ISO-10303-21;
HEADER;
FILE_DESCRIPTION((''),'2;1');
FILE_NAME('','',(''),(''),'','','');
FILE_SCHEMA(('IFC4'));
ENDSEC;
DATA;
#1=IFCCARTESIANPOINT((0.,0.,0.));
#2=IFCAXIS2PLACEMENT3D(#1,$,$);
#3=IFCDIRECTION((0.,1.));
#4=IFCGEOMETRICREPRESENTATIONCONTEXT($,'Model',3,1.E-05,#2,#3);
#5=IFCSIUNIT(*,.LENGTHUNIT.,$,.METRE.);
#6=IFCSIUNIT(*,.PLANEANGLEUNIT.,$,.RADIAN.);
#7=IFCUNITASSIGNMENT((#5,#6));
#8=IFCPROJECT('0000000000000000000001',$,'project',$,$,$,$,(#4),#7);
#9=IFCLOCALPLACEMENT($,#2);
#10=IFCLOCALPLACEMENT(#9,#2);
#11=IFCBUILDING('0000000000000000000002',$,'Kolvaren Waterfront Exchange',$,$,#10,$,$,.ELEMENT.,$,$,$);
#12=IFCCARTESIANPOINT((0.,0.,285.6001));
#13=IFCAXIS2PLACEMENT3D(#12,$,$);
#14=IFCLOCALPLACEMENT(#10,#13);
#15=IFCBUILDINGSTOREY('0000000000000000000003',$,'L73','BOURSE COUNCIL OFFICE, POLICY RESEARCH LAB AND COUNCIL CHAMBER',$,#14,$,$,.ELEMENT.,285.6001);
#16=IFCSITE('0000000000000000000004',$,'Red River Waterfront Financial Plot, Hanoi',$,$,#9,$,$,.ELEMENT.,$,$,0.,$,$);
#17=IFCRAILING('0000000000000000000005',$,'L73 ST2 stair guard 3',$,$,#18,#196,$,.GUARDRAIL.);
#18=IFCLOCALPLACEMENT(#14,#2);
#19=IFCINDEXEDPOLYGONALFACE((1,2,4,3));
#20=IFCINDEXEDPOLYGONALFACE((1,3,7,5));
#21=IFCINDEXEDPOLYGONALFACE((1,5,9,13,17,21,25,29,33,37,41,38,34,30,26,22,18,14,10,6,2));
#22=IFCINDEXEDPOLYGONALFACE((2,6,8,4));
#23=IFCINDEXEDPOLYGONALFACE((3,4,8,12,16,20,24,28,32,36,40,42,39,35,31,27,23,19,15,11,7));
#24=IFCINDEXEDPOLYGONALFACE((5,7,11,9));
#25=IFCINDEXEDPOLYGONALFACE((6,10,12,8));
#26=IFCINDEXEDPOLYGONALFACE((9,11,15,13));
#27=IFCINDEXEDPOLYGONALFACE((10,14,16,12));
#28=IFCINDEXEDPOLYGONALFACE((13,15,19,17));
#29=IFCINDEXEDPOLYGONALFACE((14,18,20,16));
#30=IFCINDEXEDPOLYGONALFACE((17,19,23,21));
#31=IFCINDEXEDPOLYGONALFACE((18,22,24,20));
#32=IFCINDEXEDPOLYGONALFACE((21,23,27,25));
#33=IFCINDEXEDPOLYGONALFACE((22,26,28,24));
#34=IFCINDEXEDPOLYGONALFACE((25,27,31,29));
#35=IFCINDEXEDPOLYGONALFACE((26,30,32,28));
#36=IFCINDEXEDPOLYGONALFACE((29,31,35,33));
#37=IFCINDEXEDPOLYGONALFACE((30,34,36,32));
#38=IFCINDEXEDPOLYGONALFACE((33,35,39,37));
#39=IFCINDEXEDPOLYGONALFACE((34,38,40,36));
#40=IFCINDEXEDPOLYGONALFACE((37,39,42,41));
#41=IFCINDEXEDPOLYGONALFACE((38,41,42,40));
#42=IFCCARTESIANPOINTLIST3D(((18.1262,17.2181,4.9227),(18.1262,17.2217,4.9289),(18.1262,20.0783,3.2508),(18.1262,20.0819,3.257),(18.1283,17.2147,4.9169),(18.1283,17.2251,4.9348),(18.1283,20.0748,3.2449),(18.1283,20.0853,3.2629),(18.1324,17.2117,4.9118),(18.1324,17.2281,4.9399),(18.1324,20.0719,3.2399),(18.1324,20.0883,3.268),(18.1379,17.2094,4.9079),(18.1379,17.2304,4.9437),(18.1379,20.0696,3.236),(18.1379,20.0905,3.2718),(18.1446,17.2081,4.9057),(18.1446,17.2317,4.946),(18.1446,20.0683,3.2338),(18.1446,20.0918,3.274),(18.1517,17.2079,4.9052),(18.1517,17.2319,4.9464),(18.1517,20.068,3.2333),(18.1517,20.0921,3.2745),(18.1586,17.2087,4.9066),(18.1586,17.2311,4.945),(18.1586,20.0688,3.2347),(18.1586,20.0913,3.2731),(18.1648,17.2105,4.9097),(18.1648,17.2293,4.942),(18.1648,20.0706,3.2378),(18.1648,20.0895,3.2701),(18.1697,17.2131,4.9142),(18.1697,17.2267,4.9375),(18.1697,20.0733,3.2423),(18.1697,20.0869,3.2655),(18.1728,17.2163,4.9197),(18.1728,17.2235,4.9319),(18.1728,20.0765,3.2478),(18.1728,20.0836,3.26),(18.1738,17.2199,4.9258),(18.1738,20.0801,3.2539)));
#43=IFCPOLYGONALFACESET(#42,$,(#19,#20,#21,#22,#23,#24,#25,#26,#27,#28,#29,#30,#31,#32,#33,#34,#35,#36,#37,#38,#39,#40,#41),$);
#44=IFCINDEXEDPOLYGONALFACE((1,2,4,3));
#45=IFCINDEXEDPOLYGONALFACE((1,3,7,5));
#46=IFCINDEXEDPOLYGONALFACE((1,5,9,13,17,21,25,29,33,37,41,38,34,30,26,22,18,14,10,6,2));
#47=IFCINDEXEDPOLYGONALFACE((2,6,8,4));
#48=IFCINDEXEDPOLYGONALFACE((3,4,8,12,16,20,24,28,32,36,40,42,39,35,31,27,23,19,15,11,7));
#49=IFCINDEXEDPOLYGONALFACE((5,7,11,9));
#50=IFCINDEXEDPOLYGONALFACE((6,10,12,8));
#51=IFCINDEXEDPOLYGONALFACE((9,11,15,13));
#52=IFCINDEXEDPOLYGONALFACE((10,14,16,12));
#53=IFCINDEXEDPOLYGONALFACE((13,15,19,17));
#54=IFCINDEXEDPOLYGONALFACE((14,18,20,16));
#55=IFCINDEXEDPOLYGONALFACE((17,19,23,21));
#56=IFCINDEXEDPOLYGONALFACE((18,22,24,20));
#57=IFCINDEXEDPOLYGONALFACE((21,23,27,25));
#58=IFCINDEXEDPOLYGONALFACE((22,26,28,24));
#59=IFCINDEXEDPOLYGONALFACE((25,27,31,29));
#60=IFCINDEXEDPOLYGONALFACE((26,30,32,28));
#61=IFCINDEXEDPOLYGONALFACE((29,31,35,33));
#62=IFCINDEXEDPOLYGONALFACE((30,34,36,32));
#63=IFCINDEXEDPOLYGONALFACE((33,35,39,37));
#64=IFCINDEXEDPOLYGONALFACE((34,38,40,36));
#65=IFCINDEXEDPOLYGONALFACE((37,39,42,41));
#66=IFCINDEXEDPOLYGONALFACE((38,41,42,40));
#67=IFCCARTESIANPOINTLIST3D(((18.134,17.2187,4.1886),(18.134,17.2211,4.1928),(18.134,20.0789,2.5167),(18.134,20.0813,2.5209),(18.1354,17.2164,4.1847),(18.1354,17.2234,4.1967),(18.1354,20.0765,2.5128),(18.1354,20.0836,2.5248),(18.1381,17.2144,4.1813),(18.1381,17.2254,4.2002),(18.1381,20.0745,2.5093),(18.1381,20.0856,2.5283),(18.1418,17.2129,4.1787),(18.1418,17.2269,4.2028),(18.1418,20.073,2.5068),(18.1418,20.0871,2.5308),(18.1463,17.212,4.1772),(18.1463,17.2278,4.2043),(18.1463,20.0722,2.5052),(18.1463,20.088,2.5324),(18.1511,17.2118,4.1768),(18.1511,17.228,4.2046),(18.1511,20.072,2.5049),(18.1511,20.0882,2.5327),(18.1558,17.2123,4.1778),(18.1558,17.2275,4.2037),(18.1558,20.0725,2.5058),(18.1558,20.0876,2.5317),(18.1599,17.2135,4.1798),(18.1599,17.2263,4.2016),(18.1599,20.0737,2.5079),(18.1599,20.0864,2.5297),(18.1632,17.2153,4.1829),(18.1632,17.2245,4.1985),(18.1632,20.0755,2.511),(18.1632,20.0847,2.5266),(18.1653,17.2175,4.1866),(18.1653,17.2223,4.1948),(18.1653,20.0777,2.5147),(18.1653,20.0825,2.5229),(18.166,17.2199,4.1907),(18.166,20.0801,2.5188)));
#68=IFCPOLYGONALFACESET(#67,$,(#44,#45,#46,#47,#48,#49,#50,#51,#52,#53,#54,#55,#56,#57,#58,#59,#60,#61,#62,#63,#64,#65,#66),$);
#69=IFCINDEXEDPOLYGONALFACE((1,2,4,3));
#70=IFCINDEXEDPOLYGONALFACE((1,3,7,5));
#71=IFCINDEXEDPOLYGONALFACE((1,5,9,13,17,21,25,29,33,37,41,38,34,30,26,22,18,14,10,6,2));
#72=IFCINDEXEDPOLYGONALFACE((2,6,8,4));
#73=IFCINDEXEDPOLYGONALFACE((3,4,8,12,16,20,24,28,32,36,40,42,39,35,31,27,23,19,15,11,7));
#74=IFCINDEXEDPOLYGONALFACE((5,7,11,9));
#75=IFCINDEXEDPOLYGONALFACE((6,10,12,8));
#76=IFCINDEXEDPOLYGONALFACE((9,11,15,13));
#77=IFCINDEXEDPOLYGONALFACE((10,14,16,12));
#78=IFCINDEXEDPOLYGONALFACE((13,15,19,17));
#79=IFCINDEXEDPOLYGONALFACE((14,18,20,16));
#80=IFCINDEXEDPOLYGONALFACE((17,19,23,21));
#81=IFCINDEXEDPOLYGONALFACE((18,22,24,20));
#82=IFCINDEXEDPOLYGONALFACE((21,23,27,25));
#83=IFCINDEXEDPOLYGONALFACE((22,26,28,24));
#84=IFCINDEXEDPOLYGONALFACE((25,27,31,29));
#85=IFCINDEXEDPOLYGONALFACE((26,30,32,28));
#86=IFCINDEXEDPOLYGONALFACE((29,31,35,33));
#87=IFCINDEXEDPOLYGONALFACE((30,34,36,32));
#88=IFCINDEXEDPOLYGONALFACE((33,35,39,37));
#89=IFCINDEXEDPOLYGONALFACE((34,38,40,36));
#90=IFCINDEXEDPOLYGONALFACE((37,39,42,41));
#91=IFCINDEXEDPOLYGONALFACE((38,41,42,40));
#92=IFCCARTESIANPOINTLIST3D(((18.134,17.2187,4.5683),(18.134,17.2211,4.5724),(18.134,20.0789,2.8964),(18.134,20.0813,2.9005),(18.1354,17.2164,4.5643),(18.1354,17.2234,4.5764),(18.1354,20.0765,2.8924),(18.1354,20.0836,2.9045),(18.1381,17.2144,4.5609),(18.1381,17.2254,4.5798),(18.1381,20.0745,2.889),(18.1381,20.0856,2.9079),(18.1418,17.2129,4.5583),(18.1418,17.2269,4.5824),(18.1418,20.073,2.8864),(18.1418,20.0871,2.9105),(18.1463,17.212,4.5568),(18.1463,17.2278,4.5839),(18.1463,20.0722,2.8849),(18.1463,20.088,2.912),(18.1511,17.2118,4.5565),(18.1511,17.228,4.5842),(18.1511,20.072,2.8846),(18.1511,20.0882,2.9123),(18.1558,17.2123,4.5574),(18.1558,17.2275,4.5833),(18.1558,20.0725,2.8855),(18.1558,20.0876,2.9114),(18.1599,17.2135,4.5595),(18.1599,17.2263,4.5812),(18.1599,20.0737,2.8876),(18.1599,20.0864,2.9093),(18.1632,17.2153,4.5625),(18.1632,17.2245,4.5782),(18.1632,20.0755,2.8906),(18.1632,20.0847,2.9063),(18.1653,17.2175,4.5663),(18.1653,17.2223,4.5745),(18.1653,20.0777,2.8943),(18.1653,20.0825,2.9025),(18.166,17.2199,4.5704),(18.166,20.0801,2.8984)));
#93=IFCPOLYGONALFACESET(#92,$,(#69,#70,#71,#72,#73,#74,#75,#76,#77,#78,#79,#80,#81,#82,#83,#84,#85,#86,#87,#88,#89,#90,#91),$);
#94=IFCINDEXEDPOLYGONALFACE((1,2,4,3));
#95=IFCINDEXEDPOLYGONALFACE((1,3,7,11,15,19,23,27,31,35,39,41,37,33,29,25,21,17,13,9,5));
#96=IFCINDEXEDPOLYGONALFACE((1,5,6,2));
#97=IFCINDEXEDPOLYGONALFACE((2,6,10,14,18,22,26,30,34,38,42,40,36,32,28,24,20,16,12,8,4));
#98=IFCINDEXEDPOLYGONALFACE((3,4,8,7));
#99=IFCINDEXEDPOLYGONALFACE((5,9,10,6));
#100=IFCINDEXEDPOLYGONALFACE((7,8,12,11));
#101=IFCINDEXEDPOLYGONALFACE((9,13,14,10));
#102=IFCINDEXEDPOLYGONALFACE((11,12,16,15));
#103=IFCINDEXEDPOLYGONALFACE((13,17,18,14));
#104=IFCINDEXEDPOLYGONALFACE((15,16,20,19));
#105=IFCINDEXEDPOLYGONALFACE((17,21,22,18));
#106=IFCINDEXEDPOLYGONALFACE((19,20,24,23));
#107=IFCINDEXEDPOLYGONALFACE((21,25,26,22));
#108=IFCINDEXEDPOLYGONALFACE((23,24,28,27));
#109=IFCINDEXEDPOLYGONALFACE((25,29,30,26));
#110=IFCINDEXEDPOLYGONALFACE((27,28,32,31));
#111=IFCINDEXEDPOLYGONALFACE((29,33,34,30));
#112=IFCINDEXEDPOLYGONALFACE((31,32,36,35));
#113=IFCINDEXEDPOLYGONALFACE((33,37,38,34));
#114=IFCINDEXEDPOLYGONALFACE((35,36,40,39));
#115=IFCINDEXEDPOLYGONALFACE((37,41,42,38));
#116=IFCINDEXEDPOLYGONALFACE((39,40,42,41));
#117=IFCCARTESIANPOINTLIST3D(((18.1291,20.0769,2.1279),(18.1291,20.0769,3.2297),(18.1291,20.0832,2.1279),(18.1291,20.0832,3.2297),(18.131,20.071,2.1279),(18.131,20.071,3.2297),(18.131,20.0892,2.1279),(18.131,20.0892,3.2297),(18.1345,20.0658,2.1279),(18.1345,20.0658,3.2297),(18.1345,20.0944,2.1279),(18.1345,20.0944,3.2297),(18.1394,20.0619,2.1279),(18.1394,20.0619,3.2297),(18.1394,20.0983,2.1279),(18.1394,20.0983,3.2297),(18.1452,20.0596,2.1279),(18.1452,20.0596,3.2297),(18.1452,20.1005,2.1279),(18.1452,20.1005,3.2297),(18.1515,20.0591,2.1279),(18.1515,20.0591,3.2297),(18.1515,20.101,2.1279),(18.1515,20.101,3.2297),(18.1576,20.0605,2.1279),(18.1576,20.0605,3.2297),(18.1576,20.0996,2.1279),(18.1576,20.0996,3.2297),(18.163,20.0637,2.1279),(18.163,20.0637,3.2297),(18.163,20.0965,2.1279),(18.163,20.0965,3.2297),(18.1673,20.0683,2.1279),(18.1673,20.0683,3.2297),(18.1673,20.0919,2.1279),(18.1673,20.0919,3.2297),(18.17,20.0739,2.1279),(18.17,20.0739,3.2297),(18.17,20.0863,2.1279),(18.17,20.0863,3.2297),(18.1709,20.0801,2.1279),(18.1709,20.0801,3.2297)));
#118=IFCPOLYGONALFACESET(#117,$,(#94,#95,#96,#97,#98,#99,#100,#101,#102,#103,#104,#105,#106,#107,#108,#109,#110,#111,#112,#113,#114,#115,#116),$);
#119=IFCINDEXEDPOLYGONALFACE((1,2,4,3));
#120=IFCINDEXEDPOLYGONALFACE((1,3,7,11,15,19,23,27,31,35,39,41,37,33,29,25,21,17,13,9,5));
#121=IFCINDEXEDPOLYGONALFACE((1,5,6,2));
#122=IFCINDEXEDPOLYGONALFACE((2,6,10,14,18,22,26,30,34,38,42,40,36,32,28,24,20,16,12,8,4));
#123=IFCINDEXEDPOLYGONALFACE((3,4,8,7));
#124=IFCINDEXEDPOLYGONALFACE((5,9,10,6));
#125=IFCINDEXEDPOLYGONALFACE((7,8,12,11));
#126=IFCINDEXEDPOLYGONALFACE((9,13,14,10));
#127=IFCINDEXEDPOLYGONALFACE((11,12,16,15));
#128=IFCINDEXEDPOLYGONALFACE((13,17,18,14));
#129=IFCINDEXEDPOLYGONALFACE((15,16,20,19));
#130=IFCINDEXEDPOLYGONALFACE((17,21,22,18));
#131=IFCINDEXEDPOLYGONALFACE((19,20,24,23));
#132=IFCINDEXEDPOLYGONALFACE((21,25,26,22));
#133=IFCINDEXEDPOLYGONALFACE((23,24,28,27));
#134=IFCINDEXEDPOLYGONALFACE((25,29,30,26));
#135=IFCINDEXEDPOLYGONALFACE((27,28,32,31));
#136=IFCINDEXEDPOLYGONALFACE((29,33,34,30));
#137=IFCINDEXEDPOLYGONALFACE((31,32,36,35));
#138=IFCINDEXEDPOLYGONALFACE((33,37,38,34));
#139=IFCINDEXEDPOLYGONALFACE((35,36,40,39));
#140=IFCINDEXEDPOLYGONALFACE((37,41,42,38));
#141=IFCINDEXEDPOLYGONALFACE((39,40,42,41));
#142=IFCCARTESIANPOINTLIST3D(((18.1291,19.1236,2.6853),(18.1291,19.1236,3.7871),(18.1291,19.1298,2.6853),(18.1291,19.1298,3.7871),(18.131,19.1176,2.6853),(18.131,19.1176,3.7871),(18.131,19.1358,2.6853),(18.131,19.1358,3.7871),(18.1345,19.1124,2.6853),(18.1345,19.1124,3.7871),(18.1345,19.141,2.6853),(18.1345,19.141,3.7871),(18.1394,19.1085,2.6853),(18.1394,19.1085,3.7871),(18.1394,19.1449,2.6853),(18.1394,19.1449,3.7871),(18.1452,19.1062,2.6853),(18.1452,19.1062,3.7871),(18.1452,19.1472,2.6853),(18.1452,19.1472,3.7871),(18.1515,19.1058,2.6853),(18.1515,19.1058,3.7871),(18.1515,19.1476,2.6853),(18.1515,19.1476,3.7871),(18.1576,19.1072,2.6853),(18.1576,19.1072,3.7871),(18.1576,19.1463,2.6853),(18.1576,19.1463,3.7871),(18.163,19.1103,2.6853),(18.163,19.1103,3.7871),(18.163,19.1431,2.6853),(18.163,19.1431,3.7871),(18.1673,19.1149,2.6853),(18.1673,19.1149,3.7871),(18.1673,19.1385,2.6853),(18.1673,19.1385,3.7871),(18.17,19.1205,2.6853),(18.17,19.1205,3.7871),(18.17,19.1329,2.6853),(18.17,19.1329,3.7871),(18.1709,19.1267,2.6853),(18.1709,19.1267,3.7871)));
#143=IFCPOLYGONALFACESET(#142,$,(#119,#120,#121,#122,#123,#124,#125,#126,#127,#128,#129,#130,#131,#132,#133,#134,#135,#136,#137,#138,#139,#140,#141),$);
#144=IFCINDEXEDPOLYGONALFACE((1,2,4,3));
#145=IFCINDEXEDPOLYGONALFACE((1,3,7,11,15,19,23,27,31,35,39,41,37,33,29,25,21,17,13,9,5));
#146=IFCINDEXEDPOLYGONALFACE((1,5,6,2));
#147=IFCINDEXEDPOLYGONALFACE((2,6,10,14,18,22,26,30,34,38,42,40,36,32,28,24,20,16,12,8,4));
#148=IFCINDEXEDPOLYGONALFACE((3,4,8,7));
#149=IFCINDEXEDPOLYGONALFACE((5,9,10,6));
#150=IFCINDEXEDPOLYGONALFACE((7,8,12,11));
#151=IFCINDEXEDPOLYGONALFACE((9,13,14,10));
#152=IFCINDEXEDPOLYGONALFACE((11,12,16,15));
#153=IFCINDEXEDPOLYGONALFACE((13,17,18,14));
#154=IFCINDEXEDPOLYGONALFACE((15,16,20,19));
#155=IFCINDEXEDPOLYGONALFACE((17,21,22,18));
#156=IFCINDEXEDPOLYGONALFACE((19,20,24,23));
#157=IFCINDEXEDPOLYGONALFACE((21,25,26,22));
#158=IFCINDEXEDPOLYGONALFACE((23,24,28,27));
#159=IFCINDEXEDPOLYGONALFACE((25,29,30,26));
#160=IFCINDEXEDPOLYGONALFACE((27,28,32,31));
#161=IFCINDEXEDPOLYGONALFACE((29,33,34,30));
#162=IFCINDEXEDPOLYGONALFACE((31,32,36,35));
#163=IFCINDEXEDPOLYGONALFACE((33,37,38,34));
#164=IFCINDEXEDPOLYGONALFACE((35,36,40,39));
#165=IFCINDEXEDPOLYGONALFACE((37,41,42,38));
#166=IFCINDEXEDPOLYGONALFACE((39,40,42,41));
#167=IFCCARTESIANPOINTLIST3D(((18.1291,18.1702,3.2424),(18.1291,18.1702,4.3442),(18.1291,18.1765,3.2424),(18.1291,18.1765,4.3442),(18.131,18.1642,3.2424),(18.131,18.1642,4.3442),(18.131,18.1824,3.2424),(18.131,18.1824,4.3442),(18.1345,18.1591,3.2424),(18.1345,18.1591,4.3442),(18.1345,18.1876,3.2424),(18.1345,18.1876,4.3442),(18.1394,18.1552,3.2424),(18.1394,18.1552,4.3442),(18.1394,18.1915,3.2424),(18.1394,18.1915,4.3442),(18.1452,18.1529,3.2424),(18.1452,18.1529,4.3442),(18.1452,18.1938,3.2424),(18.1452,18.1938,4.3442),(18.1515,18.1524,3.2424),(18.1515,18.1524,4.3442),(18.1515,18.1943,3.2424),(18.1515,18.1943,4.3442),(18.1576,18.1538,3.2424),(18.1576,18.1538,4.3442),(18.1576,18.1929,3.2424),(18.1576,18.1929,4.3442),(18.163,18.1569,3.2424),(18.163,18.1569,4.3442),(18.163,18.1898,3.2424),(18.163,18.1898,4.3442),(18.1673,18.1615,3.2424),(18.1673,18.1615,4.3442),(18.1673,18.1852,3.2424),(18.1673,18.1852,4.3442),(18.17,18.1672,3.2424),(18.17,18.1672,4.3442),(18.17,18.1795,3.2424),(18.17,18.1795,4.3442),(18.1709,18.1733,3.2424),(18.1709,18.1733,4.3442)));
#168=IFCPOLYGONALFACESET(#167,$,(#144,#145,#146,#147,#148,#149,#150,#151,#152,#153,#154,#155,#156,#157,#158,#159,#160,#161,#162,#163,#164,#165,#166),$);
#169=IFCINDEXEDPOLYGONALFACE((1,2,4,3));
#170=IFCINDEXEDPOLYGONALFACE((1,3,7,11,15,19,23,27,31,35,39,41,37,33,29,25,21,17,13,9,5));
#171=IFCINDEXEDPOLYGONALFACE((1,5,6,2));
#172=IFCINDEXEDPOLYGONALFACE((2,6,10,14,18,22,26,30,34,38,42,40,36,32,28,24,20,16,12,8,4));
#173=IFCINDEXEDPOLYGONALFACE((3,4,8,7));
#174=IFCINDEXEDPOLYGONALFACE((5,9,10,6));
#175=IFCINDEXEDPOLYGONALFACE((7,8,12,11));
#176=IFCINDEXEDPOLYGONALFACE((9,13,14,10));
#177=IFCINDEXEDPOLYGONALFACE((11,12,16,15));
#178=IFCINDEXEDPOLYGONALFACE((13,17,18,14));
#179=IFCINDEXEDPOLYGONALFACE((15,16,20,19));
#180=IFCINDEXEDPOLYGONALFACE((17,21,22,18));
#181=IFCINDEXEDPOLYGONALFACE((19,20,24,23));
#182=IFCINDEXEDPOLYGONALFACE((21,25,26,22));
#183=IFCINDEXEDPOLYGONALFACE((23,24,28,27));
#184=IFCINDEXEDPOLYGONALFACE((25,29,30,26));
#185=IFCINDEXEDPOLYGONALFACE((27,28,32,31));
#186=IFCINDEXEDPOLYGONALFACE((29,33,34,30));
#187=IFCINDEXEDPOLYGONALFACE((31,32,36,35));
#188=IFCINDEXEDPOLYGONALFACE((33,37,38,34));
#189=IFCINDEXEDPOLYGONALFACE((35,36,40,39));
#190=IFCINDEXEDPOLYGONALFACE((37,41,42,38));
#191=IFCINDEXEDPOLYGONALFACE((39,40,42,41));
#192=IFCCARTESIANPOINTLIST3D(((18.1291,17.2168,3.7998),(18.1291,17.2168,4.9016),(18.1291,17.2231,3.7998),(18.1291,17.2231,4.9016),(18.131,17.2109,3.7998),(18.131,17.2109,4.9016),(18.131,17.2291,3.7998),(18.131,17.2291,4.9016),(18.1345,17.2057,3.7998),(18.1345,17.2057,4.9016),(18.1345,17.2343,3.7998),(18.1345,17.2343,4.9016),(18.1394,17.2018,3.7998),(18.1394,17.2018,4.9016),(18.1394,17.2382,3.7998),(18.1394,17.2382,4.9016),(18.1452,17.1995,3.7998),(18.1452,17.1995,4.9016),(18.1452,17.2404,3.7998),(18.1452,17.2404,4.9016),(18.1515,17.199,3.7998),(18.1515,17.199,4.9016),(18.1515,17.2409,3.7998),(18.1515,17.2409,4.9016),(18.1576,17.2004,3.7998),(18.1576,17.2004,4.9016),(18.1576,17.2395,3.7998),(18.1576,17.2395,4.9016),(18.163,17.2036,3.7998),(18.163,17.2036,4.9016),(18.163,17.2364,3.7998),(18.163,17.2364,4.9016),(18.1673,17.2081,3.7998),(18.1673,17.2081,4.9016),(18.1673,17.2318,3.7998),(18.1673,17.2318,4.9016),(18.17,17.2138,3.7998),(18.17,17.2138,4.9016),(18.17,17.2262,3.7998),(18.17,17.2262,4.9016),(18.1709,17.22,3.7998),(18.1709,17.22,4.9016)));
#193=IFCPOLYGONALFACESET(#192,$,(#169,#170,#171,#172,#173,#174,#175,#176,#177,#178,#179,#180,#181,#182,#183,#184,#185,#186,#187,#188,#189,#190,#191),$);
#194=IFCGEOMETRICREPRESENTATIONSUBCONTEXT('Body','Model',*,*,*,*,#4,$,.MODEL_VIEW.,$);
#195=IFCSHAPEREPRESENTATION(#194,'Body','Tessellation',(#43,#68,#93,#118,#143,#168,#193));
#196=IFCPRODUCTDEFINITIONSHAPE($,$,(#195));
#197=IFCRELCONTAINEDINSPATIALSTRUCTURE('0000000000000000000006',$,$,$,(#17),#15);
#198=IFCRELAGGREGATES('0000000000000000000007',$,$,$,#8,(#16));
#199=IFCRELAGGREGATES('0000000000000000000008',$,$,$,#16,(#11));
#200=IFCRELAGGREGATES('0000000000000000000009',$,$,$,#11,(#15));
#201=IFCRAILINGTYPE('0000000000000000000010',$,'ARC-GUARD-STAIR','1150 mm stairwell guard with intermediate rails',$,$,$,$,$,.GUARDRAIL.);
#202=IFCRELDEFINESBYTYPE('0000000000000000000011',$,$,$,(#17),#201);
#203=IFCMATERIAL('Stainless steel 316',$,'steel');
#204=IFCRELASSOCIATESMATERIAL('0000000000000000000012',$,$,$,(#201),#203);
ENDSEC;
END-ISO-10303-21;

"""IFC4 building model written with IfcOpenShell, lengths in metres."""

from ifc_helpers import new_model, si_unit, direction, frame, origin, origin_2d, place, context, subcontext, project, spatial, circle, extrude, material, type_object, element, save


model = new_model("IFC4")

# Units and contexts
model_context = context("Model", 3, precision=1e-05, world=origin(), true_north=direction((0.0, 1.0)))
body_context = subcontext(model_context, "Body", "Model", "MODEL_VIEW")
ifc_project = project(units=[si_unit("LENGTHUNIT", "METRE"), si_unit("PLANEANGLEUNIT", "RADIAN")], contexts=[model_context])

# Site, building, storey
site_placement = place(None, origin())
site = spatial("IfcSite", under=ifc_project, at=site_placement, Name="Red River Waterfront Financial Plot, Hanoi", CompositionType="ELEMENT", RefElevation=0.0)
building_placement = place(site_placement, origin())
building = spatial("IfcBuilding", under=site, at=building_placement, Name="Kolvaren Waterfront Exchange", CompositionType="ELEMENT")
storey_placement = place(building_placement, frame((0.0, 0.0, 285.6001)))
storey = spatial("IfcBuildingStorey", under=building, at=storey_placement, Name="L73", Description="BOURSE COUNCIL OFFICE, POLICY RESEARCH LAB AND COUNCIL CHAMBER", CompositionType="ELEMENT", Elevation=285.6001)

# Railing
ifc_material_1 = material(Name="Stainless steel 316", Category="steel")
railing_type = type_object("IfcRailingType", Name="ARC-GUARD-STAIR", Description="1150 mm stairwell guard with intermediate rails", PredefinedType="GUARDRAIL", material=ifc_material_1)
railing_placement = place(storey_placement, frame((18.1499, 20.0801, 2.1279)))
element("IfcRailing", 1, at=railing_placement, inside=storey, type_object=railing_type, Name="L73 ST2 stair guard 3", PredefinedType="GUARDRAIL", context=body_context, shape_type="SweptSolid", body=[
    extrude(circle(Radius=0.0239, at=origin_2d()), frame((0.0, 0.0, 1.126), z_axis=(0.0, -0.863321, 0.504654), x_axis=(1.0, 0.0, 0.0)), (0.0, 0.0, 1.0), 3.313),
    extrude(circle(Radius=0.0161, at=origin_2d()), frame((0.0, 0.0, 0.3909), z_axis=(0.0, -0.863321, 0.504654), x_axis=(1.0, 0.0, 0.0)), (0.0, 0.0, 1.0), 3.313),
    extrude(circle(Radius=0.0161, at=origin_2d()), frame((0.0, 0.0, 0.7705), z_axis=(0.0, -0.863321, 0.504654), x_axis=(1.0, 0.0, 0.0)), (0.0, 0.0, 1.0), 3.313),
    extrude(circle(Radius=0.021, at=origin_2d()), origin(), (0.0, 0.0, 1.0), 1.1018),
    extrude(circle(Radius=0.021, at=origin_2d()), frame((0.0, -0.9534, 0.5574)), (0.0, 0.0, 1.0), 1.1018),
    extrude(circle(Radius=0.021, at=origin_2d()), frame((0.0, -1.9067, 1.1145)), (0.0, 0.0, 1.0), 1.1018),
    extrude(circle(Radius=0.021, at=origin_2d()), frame((0.0, -2.8601, 1.6719)), (0.0, 0.0, 1.0), 1.1018),
])

save(model, "model.ifc")
